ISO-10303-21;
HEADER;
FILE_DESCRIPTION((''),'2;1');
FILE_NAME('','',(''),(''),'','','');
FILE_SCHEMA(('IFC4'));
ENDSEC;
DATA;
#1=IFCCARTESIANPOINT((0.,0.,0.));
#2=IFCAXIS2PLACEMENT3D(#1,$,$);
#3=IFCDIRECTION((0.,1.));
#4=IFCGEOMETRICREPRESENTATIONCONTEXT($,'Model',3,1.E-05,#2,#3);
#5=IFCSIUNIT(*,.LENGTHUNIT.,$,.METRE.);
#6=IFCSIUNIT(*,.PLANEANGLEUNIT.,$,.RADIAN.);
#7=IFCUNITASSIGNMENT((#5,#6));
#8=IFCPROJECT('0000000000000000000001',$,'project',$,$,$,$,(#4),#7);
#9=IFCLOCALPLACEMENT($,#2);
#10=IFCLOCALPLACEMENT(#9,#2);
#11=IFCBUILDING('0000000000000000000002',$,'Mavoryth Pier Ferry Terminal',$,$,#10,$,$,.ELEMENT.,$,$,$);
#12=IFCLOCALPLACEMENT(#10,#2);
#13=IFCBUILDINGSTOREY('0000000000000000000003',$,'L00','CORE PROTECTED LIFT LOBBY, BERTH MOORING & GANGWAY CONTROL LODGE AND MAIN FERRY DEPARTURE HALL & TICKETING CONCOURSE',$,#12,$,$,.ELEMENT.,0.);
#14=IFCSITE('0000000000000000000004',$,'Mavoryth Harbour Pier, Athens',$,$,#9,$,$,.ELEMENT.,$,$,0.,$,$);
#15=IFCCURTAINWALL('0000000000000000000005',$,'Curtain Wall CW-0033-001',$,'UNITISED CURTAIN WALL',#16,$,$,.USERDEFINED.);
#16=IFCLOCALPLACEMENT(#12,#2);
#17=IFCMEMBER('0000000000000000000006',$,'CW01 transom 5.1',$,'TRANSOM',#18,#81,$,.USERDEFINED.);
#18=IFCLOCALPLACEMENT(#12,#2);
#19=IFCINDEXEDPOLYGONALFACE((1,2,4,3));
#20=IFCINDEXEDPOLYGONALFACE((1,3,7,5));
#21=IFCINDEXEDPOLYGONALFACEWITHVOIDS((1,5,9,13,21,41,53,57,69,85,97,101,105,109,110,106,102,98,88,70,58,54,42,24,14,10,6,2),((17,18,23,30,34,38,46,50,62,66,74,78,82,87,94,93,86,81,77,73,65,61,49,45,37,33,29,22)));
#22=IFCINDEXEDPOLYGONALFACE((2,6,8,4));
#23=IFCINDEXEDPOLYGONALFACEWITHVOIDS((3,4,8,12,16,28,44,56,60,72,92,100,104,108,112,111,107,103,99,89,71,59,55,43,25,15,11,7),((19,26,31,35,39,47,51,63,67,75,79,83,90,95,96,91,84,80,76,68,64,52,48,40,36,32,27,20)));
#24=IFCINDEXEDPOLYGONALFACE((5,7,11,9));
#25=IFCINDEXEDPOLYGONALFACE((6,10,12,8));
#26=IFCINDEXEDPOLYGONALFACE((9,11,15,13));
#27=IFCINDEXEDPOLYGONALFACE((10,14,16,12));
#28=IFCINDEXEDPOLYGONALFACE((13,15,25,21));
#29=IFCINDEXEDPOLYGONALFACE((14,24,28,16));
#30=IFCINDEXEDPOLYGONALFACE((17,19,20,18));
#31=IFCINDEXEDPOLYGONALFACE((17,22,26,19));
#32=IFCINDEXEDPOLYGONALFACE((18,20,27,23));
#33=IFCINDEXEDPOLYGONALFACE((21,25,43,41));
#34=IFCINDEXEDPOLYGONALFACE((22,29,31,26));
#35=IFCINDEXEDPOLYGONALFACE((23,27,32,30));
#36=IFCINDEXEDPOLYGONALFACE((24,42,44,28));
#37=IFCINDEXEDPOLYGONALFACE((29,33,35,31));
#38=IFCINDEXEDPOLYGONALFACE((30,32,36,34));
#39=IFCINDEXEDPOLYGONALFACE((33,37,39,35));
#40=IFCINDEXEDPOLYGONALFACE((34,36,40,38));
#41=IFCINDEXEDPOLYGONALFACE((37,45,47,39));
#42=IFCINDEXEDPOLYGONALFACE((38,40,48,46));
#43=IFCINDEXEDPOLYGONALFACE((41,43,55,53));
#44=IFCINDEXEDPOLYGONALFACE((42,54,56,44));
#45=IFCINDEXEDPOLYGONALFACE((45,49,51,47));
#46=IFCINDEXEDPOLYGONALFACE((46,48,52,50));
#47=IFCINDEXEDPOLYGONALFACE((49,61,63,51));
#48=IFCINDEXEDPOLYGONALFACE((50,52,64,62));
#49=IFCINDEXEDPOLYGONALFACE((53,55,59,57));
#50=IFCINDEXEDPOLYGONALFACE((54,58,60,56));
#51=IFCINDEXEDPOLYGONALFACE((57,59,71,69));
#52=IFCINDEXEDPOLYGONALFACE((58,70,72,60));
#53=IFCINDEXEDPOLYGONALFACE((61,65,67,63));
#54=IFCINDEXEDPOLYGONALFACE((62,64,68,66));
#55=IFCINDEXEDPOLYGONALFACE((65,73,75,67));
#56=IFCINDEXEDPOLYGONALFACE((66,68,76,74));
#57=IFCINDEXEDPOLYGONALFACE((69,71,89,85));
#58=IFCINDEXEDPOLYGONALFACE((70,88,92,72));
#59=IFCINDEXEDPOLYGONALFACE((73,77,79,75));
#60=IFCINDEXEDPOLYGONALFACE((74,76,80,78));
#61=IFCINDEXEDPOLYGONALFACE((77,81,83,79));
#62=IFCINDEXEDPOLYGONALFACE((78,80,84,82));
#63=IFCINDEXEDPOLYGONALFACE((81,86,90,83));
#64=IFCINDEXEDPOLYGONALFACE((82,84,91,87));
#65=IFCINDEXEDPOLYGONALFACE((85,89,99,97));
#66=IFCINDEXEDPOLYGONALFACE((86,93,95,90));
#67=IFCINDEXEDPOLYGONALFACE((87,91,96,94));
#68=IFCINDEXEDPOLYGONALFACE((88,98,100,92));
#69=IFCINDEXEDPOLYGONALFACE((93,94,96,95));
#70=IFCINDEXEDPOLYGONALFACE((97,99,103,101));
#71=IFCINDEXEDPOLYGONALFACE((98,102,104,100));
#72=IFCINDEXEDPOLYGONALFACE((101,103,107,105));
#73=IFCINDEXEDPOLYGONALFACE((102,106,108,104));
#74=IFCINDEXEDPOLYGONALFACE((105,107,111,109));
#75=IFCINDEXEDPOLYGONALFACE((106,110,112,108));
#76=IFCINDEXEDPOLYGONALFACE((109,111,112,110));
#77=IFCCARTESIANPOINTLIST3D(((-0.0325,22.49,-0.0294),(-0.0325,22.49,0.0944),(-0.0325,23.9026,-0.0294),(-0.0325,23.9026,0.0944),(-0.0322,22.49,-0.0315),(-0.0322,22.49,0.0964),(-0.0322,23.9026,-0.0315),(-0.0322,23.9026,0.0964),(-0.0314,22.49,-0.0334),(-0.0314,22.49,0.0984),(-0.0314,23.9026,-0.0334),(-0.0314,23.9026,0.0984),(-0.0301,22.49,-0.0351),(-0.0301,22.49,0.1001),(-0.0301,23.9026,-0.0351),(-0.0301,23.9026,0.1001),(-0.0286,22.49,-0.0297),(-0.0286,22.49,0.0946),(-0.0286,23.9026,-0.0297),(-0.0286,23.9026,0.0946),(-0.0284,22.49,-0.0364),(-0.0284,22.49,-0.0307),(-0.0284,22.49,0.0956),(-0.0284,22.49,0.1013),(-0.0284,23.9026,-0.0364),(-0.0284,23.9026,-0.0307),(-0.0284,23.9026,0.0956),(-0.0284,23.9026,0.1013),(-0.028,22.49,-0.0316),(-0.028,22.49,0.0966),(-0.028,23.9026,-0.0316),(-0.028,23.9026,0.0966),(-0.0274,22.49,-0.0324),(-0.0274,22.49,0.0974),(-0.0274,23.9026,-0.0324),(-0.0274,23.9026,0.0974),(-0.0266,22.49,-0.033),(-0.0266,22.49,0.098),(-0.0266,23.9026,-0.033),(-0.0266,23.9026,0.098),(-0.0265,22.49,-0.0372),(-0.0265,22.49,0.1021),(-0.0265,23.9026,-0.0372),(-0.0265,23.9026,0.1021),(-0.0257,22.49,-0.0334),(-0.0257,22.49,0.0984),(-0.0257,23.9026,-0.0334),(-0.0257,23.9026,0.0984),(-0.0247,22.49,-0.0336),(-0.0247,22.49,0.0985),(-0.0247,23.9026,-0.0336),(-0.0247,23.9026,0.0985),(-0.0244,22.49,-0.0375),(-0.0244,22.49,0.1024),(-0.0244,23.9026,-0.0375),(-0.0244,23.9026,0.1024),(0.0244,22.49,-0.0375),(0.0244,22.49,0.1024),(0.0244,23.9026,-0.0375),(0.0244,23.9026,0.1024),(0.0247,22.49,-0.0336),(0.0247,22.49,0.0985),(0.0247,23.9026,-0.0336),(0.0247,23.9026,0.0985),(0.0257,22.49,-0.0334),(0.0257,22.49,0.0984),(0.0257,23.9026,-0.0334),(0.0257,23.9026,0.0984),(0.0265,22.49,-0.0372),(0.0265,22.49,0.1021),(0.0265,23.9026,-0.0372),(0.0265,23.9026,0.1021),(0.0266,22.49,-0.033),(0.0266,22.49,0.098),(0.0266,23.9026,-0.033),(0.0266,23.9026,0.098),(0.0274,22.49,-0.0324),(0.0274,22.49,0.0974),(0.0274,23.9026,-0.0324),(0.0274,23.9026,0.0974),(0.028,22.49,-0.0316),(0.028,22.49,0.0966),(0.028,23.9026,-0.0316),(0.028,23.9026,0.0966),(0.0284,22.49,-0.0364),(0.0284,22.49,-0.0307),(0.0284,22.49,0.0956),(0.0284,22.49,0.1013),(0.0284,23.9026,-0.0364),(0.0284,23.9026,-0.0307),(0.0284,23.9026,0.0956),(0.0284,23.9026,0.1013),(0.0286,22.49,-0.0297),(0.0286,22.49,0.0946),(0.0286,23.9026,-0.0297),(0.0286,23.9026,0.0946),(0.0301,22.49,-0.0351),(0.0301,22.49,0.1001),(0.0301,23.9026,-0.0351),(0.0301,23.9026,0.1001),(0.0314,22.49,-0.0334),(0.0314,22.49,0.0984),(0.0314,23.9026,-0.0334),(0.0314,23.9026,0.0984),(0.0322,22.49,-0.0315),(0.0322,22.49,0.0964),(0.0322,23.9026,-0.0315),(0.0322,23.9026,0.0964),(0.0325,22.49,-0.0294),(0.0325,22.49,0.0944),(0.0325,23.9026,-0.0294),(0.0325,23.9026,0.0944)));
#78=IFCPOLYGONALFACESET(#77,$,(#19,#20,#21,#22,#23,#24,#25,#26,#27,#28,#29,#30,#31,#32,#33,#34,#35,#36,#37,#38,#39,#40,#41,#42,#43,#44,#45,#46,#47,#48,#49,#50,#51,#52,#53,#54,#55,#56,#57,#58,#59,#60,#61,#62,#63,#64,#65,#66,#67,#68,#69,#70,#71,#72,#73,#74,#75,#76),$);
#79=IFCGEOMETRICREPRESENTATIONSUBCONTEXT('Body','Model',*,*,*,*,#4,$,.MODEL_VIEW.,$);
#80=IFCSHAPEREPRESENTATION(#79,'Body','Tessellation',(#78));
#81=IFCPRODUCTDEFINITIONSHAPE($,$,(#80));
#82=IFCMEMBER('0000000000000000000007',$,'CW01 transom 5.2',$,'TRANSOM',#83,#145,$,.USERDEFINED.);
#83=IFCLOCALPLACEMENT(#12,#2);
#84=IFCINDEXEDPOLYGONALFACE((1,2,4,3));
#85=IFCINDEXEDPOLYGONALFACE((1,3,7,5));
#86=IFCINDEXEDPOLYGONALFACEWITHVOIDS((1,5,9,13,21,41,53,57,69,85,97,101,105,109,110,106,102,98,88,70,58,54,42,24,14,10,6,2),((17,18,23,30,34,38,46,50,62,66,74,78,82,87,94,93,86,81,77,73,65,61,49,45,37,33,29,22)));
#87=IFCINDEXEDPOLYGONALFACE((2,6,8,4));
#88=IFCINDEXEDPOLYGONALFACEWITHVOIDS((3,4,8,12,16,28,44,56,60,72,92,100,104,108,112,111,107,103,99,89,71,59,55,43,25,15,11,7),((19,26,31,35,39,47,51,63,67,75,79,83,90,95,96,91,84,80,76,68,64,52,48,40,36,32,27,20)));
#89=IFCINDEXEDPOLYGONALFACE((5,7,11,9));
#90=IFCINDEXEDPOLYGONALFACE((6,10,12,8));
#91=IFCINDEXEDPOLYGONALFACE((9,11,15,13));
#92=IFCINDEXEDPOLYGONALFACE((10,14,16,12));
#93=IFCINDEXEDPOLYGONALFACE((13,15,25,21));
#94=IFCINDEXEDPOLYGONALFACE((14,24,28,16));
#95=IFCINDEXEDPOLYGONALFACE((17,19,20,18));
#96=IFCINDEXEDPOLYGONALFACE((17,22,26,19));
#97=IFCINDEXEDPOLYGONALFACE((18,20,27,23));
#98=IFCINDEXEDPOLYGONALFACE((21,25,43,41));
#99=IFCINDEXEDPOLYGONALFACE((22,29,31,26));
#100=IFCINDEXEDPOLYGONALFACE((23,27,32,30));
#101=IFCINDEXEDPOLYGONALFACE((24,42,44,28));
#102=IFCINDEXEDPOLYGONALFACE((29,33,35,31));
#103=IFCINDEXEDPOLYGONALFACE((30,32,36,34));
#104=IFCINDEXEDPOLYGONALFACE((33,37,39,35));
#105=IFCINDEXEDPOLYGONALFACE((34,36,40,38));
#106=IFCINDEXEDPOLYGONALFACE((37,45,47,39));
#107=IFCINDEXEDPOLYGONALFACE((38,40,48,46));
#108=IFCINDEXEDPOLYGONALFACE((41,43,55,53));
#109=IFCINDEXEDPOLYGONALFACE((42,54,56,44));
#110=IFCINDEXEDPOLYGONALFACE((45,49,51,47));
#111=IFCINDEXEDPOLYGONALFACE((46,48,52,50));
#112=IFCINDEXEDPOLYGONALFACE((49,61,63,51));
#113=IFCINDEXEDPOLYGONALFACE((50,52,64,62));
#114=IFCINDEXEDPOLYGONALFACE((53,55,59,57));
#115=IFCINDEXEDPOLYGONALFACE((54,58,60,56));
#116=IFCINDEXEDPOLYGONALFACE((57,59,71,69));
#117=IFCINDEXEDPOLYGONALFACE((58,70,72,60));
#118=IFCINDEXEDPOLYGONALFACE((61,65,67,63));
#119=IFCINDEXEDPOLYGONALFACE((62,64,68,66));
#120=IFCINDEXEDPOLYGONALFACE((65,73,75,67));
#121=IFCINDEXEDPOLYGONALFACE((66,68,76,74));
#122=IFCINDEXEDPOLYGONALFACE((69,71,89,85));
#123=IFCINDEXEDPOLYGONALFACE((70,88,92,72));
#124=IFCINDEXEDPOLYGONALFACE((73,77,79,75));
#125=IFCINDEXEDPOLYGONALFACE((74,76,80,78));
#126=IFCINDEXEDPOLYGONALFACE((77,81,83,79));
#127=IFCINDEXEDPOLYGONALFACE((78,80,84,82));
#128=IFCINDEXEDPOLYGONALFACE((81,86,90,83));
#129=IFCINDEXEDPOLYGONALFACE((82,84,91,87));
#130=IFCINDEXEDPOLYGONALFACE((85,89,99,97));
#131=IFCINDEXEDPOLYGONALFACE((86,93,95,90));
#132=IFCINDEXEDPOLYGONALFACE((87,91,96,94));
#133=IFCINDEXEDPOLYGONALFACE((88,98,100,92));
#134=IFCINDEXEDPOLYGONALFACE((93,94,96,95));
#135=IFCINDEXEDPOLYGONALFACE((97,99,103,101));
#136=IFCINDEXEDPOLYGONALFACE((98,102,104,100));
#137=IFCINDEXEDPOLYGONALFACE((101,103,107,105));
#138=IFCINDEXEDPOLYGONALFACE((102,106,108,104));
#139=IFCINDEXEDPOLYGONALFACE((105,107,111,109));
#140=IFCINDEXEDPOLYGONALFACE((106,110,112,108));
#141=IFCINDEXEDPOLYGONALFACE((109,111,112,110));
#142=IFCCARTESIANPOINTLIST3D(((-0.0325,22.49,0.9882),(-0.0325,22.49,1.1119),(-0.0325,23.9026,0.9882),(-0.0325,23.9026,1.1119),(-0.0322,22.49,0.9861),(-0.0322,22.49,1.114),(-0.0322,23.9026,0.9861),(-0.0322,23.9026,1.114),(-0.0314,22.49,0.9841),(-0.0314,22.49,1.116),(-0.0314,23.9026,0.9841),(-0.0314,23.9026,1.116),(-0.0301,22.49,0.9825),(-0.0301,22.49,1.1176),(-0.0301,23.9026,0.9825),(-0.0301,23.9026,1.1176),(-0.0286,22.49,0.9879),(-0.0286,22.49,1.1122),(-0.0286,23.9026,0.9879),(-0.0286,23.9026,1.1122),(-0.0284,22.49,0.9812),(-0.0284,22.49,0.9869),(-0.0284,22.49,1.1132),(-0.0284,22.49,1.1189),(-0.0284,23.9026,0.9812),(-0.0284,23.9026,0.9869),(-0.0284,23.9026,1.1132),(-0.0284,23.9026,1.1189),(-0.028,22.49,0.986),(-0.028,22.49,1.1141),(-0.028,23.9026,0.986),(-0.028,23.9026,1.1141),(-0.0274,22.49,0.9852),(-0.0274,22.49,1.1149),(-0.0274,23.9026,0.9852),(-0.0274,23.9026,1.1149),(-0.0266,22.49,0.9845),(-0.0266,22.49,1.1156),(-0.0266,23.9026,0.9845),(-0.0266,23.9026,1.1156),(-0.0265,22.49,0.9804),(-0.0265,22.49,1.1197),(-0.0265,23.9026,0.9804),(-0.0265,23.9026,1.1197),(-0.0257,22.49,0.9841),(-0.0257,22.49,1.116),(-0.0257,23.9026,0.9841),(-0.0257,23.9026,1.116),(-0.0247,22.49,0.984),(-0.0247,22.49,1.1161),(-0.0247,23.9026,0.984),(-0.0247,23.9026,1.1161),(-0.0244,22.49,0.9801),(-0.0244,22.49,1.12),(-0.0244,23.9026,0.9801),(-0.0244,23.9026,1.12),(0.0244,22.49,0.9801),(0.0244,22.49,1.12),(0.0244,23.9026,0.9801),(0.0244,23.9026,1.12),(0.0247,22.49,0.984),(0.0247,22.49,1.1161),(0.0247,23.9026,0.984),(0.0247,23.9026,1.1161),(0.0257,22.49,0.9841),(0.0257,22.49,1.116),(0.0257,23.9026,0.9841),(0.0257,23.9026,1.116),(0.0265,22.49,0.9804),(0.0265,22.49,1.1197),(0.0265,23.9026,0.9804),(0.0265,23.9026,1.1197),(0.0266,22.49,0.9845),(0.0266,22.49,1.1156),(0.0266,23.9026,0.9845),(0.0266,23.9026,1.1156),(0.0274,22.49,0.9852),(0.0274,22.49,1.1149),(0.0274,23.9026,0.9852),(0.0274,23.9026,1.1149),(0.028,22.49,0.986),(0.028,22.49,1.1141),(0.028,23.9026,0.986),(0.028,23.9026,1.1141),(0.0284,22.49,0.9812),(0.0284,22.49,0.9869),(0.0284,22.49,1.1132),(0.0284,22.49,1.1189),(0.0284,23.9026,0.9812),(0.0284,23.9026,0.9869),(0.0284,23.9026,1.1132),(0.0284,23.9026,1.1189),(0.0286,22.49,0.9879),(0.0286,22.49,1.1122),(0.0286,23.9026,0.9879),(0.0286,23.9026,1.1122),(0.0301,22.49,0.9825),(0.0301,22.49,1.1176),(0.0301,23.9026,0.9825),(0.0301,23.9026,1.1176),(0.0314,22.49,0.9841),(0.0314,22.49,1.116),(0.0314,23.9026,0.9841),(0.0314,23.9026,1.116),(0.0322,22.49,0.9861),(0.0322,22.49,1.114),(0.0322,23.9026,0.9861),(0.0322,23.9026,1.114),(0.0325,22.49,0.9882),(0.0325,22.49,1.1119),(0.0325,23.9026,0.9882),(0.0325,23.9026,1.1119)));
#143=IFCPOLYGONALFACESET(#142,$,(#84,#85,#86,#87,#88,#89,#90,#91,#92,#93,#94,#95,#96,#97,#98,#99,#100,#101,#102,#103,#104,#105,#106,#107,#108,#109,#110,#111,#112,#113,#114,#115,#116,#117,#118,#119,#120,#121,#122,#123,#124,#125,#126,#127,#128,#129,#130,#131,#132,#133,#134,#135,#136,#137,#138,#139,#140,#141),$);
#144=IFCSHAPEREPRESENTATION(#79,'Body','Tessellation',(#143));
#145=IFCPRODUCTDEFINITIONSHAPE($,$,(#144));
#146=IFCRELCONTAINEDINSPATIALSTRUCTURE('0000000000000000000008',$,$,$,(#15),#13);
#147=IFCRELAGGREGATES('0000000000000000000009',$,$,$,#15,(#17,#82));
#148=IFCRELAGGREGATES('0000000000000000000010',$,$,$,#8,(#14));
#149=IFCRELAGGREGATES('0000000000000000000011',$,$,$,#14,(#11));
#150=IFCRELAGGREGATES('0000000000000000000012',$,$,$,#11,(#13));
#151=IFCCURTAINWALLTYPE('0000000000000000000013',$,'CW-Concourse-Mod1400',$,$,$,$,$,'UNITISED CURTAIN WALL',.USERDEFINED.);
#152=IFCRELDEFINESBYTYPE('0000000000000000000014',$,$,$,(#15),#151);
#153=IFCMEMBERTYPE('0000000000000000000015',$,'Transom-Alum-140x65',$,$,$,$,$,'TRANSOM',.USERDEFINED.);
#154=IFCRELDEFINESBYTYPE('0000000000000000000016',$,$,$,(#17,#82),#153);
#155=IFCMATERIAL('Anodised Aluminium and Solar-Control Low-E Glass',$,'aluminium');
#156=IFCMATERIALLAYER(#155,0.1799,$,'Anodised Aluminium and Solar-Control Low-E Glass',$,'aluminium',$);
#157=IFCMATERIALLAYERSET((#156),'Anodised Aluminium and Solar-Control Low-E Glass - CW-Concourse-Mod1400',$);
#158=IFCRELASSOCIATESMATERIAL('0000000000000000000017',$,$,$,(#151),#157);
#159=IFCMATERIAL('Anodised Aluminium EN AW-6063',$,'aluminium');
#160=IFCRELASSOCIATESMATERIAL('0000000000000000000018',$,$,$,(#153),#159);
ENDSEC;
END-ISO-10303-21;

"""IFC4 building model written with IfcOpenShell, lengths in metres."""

from ifc_helpers import new_model, si_unit, direction, frame, origin, origin_2d, place, context, subcontext, project, spatial, hollow_rectangle, extrude, material, layer, layer_set, material_profile, profile_set, type_object, element, aggregate, save


model = new_model("IFC4")

# Units and contexts
model_context = context("Model", 3, precision=1e-05, world=origin(), true_north=direction((0.0, 1.0)))
body_context = subcontext(model_context, "Body", "Model", "MODEL_VIEW")
ifc_project = project(units=[si_unit("LENGTHUNIT", "METRE"), si_unit("PLANEANGLEUNIT", "RADIAN")], contexts=[model_context])

# Site, building, storey
site_placement = place(None, origin())
site = spatial("IfcSite", under=ifc_project, at=site_placement, Name="Mavoryth Harbour Pier, Athens", CompositionType="ELEMENT", RefElevation=0.0)
building_placement = place(site_placement, origin())
building = spatial("IfcBuilding", under=site, at=building_placement, Name="Mavoryth Pier Ferry Terminal", CompositionType="ELEMENT")
storey_placement = place(building_placement, origin())
storey = spatial("IfcBuildingStorey", under=building, at=storey_placement, Name="L00", Description="CORE PROTECTED LIFT LOBBY, BERTH MOORING & GANGWAY CONTROL LODGE AND MAIN FERRY DEPARTURE HALL & TICKETING CONCOURSE", CompositionType="ELEMENT", Elevation=0.0)

# Curtain wall, members
ifc_material_1 = material(Name="Anodised Aluminium and Solar-Control Low-E Glass", Category="aluminium")
ifc_layer_1 = layer(ifc_material_1, 0.1799, Name="Anodised Aluminium and Solar-Control Low-E Glass", Category="aluminium")
ifc_layer_set_1 = layer_set([ifc_layer_1], Name="Anodised Aluminium and Solar-Control Low-E Glass - CW-Concourse-Mod1400")
curtain_wall_type = type_object("IfcCurtainWallType", Name="CW-Concourse-Mod1400", ElementType="UNITISED CURTAIN WALL", PredefinedType="USERDEFINED", material=ifc_layer_set_1)
curtain_wall_placement = place(storey_placement, origin())
curtain_wall = element("IfcCurtainWall", 1, at=curtain_wall_placement, inside=storey, type_object=curtain_wall_type, Name="Curtain Wall CW-0033-001", ObjectType="UNITISED CURTAIN WALL", PredefinedType="USERDEFINED")
ifc_material_2 = material(Name="Anodised Aluminium EN AW-6063", Category="aluminium")
ifc_material_profile_1 = material_profile(ifc_material_2, hollow_rectangle(XDim=0.0649, YDim=0.1399, WallThickness=0.0039, InnerFilletRadius=0.0039, OuterFilletRadius=0.0081, at=origin_2d()), Name="AL-TRAN 140x65x4", Category="aluminium")
ifc_profile_set_1 = profile_set([ifc_material_profile_1], Name="Anodised Aluminium EN AW-6063 - AL-TRAN 140x65x4")
member_type_1 = type_object("IfcMemberType", Name="Transom-Alum-140x65", ElementType="TRANSOM", PredefinedType="USERDEFINED", material=ifc_profile_set_1)
member_1_placement = place(storey_placement, frame((0.0, 23.9026, 0.0325), z_axis=(0.0, -1.0, 0.0), x_axis=(1.0, 0.0, 0.0)))
member_1 = element("IfcMember", 2, at=member_1_placement, type_object=member_type_1, Name="CW01 transom 5.1", ObjectType="TRANSOM", PredefinedType="USERDEFINED", context=body_context, shape_type="SweptSolid", body=[
    extrude(hollow_rectangle(XDim=0.0649, YDim=0.1399, WallThickness=0.0039, InnerFilletRadius=0.0039, OuterFilletRadius=0.0081, at=origin_2d()), origin(), (0.0, 0.0, 1.0), 1.4126),
])
member_2_placement = place(storey_placement, frame((0.0, 23.9026, 1.05), z_axis=(0.0, -1.0, 0.0), x_axis=(1.0, 0.0, 0.0)))
member_2 = element("IfcMember", 3, at=member_2_placement, type_object=member_type_1, Name="CW01 transom 5.2", ObjectType="TRANSOM", PredefinedType="USERDEFINED", context=body_context, shape_type="SweptSolid", body=[
    extrude(hollow_rectangle(XDim=0.0649, YDim=0.1399, WallThickness=0.0039, InnerFilletRadius=0.0039, OuterFilletRadius=0.0081, at=origin_2d()), origin(), (0.0, 0.0, 1.0), 1.4126),
])
aggregate(curtain_wall, [member_1, member_2])

save(model, "model.ifc")
